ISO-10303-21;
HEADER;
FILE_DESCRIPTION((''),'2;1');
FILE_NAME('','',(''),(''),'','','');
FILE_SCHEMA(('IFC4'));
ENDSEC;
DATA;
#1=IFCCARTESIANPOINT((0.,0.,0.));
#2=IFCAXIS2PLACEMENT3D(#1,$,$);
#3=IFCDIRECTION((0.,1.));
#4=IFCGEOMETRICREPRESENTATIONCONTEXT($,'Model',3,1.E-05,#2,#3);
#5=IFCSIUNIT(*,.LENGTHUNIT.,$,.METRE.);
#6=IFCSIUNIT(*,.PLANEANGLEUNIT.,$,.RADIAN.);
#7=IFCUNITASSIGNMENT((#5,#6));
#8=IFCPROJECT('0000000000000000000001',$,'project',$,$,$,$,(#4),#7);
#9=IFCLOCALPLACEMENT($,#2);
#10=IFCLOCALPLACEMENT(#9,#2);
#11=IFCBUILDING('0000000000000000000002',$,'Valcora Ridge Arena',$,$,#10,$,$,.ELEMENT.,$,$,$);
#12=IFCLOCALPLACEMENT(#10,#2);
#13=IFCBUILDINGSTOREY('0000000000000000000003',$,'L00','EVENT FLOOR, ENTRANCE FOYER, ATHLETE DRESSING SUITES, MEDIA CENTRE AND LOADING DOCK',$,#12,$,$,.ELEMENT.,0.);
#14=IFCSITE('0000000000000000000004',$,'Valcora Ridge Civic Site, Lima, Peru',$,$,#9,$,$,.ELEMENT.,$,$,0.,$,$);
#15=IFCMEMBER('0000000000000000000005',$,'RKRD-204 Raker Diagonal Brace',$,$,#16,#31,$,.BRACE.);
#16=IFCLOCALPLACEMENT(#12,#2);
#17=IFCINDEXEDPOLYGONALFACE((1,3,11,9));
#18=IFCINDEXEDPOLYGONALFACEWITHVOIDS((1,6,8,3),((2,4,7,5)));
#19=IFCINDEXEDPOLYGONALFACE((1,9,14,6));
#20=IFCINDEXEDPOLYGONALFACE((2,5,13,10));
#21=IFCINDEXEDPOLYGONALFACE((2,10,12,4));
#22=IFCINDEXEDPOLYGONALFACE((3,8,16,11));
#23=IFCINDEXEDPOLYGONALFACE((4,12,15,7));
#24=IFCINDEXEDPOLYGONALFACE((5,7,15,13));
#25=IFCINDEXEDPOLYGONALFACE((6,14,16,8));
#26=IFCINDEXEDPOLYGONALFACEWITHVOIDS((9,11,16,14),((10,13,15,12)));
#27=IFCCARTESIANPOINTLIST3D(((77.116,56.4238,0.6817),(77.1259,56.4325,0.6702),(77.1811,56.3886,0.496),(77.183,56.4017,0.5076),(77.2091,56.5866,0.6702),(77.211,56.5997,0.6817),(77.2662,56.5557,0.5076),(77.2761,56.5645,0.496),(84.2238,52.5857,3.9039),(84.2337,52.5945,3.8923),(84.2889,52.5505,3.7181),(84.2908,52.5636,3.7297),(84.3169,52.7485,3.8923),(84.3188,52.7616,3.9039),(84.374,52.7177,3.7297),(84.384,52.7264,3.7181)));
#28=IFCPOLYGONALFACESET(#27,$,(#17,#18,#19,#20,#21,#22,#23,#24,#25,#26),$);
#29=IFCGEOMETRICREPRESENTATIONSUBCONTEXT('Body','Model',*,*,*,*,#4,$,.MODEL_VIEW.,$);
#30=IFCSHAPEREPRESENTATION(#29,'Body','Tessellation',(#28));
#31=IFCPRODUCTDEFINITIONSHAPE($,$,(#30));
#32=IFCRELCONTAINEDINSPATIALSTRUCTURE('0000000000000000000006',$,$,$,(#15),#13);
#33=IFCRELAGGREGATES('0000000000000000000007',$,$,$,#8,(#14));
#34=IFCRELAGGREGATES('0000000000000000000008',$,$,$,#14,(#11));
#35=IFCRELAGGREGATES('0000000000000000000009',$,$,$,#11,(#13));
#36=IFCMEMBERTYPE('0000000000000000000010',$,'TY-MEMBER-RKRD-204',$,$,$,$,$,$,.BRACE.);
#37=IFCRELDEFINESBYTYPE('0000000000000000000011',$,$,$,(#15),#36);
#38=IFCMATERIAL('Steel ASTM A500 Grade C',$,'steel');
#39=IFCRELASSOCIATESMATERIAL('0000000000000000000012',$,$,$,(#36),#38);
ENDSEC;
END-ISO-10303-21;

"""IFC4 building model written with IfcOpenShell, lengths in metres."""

from ifc_helpers import new_model, si_unit, direction, frame, origin, origin_2d, place, context, subcontext, project, spatial, hollow_rectangle, extrude, material, material_profile, profile_set, type_object, element, save


model = new_model("IFC4")

# Units and contexts
model_context = context("Model", 3, precision=1e-05, world=origin(), true_north=direction((0.0, 1.0)))
body_context = subcontext(model_context, "Body", "Model", "MODEL_VIEW")
ifc_project = project(units=[si_unit("LENGTHUNIT", "METRE"), si_unit("PLANEANGLEUNIT", "RADIAN")], contexts=[model_context])

# Site, building, storey
site_placement = place(None, origin())
site = spatial("IfcSite", under=ifc_project, at=site_placement, Name="Valcora Ridge Civic Site, Lima, Peru", CompositionType="ELEMENT", RefElevation=0.0)
building_placement = place(site_placement, origin())
building = spatial("IfcBuilding", under=site, at=building_placement, Name="Valcora Ridge Arena", CompositionType="ELEMENT")
storey_placement = place(building_placement, origin())
storey = spatial("IfcBuildingStorey", under=building, at=storey_placement, Name="L00", Description="EVENT FLOOR, ENTRANCE FOYER, ATHLETE DRESSING SUITES, MEDIA CENTRE AND LOADING DOCK", CompositionType="ELEMENT", Elevation=0.0)

# Member
ifc_material_1 = material(Name="Steel ASTM A500 Grade C", Category="steel")
ifc_material_profile_1 = material_profile(ifc_material_1, hollow_rectangle(XDim=0.2, YDim=0.2, WallThickness=0.0125, at=origin_2d()), Name="HSS200X200X12")
ifc_profile_set_1 = profile_set([ifc_material_profile_1], Name="Steel ASTM A500 Grade C")
member_type_1 = type_object("IfcMemberType", Name="TY-MEMBER-RKRD-204", PredefinedType="BRACE", material=ifc_profile_set_1)
member_1_placement = place(storey_placement, frame((77.196, 56.4941, 0.5889), z_axis=(0.817293, -0.441322, 0.370496), x_axis=(0.475136, 0.879912, 0.0)))
element("IfcMember", 1, at=member_1_placement, inside=storey, type_object=member_type_1, Name="RKRD-204 Raker Diagonal Brace", PredefinedType="BRACE", context=body_context, shape_type="SweptSolid", body=[
    extrude(hollow_rectangle(XDim=0.2, YDim=0.2, WallThickness=0.0125, at=origin_2d()), origin(), (0.0, 0.0, 1.0), 8.6968),
])

save(model, "model.ifc")
